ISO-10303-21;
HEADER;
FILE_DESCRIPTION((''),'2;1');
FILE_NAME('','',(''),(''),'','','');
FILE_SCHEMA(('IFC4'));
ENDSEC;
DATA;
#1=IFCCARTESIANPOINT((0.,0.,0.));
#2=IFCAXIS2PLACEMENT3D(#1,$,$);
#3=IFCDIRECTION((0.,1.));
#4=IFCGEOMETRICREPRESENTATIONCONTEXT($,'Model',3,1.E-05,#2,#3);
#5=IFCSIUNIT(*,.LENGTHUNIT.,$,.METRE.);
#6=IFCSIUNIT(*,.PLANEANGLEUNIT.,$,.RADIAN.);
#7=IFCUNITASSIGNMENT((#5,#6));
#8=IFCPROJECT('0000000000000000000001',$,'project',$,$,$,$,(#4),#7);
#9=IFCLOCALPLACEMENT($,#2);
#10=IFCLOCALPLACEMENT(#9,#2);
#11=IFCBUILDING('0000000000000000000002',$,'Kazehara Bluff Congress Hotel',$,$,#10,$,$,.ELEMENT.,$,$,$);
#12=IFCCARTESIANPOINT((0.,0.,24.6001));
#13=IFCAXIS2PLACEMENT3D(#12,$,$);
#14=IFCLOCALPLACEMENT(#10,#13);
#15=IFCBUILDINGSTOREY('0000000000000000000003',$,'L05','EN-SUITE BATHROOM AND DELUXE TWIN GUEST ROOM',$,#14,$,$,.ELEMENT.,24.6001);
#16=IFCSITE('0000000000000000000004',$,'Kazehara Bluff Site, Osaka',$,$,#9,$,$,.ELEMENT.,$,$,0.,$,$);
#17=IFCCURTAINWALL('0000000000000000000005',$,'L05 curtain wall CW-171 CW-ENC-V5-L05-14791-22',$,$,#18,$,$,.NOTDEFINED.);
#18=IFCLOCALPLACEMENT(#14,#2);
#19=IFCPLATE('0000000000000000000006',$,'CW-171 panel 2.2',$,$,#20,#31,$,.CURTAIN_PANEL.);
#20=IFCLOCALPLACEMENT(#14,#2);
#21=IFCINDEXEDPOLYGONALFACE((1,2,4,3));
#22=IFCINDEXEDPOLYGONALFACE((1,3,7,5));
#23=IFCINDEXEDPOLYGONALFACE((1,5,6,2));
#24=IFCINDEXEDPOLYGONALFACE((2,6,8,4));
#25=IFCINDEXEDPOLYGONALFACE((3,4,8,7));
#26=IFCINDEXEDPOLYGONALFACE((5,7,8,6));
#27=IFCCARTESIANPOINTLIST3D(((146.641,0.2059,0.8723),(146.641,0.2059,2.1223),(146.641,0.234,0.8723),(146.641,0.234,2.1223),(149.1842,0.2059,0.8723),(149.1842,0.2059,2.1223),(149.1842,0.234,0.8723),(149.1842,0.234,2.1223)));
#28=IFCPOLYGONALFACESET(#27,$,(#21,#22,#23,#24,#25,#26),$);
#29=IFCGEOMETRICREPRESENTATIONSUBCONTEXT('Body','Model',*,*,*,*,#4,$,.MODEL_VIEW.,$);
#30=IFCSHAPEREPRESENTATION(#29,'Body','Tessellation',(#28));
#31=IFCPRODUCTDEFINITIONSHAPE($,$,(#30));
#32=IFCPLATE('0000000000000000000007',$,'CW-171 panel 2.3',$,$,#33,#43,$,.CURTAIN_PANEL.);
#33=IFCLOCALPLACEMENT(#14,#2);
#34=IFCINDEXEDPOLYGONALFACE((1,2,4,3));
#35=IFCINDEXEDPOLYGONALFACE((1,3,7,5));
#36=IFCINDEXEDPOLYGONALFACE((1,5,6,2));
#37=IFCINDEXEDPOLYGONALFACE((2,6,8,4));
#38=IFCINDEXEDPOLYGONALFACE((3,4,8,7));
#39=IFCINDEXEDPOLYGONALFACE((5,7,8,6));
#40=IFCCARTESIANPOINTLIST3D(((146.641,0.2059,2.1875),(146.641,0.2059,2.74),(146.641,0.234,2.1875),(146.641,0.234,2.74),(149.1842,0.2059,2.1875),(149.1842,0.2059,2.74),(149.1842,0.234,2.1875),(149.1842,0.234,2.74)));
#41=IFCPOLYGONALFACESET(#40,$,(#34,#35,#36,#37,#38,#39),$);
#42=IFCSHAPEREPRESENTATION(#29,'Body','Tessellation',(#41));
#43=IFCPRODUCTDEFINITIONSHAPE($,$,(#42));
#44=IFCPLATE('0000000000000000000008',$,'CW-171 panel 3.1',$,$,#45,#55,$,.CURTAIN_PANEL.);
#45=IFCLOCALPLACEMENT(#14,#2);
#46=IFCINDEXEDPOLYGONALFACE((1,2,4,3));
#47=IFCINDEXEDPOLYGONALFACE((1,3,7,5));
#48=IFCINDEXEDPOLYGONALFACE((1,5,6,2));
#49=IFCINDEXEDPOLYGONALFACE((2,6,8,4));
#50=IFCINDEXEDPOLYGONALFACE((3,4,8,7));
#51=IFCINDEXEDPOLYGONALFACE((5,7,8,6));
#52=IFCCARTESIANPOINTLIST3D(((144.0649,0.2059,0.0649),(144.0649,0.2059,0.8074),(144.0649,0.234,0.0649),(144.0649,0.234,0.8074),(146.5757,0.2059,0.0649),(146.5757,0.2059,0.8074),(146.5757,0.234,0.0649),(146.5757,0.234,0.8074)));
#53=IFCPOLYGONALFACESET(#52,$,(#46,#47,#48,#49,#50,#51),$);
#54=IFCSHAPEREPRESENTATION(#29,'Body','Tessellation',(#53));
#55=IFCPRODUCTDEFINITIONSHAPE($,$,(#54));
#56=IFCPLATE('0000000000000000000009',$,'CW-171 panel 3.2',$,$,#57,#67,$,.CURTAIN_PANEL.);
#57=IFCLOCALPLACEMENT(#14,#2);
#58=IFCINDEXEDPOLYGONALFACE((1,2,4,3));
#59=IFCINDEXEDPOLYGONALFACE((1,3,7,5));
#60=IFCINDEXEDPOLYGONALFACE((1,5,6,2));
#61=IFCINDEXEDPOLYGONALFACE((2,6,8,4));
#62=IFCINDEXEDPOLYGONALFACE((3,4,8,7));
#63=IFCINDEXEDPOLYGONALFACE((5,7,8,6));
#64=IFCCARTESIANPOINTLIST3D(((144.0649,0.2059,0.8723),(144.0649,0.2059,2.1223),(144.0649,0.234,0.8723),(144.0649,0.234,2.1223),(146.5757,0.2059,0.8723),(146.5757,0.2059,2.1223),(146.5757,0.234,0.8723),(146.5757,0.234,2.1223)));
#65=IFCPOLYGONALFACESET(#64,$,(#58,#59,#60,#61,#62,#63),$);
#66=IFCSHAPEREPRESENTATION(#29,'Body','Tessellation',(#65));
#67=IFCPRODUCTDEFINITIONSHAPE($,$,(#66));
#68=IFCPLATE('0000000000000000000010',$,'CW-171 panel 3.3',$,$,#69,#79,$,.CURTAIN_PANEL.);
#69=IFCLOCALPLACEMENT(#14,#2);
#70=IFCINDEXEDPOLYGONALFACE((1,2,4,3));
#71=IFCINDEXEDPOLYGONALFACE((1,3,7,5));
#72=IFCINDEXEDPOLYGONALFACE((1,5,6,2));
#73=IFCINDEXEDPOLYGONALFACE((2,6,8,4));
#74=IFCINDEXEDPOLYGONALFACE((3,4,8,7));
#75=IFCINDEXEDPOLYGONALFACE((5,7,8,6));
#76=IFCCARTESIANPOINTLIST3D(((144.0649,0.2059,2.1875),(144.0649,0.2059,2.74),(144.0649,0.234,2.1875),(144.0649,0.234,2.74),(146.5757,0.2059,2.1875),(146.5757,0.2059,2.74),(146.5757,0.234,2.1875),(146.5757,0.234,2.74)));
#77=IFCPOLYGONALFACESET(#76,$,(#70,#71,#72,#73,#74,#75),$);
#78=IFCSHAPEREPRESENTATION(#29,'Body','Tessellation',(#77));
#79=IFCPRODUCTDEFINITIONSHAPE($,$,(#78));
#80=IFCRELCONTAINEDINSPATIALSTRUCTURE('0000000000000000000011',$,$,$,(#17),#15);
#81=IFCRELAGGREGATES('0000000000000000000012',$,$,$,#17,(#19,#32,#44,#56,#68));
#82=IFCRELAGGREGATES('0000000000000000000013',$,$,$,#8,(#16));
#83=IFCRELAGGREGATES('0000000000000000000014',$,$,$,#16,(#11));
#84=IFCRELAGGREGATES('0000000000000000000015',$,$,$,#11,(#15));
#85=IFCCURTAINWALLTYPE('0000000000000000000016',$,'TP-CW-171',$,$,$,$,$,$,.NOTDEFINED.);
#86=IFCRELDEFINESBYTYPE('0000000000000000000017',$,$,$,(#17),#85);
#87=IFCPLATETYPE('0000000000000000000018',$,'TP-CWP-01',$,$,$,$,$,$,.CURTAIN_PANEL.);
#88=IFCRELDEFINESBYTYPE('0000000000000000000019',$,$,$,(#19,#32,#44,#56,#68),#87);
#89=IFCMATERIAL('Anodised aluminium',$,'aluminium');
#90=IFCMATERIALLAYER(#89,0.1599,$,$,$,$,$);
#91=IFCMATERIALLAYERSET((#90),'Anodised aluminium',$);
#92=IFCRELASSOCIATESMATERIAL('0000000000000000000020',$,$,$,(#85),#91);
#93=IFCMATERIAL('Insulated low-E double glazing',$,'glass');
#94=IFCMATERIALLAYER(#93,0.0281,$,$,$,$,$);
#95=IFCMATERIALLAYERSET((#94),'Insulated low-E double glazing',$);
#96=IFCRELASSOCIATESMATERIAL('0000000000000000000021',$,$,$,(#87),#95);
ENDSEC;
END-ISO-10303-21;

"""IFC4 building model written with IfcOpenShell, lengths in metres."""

from ifc_helpers import new_model, si_unit, direction, frame, origin, origin_2d, place, context, subcontext, project, spatial, rectangle, extrude, material, layer, layer_set, type_object, element, aggregate, save


model = new_model("IFC4")

# Units and contexts
model_context = context("Model", 3, precision=1e-05, world=origin(), true_north=direction((0.0, 1.0)))
body_context = subcontext(model_context, "Body", "Model", "MODEL_VIEW")
ifc_project = project(units=[si_unit("LENGTHUNIT", "METRE"), si_unit("PLANEANGLEUNIT", "RADIAN")], contexts=[model_context])

# Site, building, storey
site_placement = place(None, origin())
site = spatial("IfcSite", under=ifc_project, at=site_placement, Name="Kazehara Bluff Site, Osaka", CompositionType="ELEMENT", RefElevation=0.0)
building_placement = place(site_placement, origin())
building = spatial("IfcBuilding", under=site, at=building_placement, Name="Kazehara Bluff Congress Hotel", CompositionType="ELEMENT")
storey_placement = place(building_placement, frame((0.0, 0.0, 24.6001)))
storey = spatial("IfcBuildingStorey", under=building, at=storey_placement, Name="L05", Description="EN-SUITE BATHROOM AND DELUXE TWIN GUEST ROOM", CompositionType="ELEMENT", Elevation=24.6001)

# Curtain wall, plates
ifc_material_1 = material(Name="Anodised aluminium", Category="aluminium")
ifc_layer_1 = layer(ifc_material_1, 0.1599)
ifc_layer_set_1 = layer_set([ifc_layer_1], Name="Anodised aluminium")
curtain_wall_type = type_object("IfcCurtainWallType", Name="TP-CW-171", PredefinedType="NOTDEFINED", material=ifc_layer_set_1)
curtain_wall_placement = place(storey_placement, origin())
curtain_wall = element("IfcCurtainWall", 1, at=curtain_wall_placement, inside=storey, type_object=curtain_wall_type, Name="L05 curtain wall CW-171 CW-ENC-V5-L05-14791-22", PredefinedType="NOTDEFINED")
ifc_material_2 = material(Name="Insulated low-E double glazing", Category="glass")
ifc_layer_2 = layer(ifc_material_2, 0.0281)
ifc_layer_set_2 = layer_set([ifc_layer_2], Name="Insulated low-E double glazing")
plate_type = type_object("IfcPlateType", Name="TP-CWP-01", PredefinedType="CURTAIN_PANEL", material=ifc_layer_set_2)
plate_1_placement = place(storey_placement, frame((147.9126, 0.22, 0.8723), z_axis=(0.0, 0.0, 1.0), x_axis=(-1.0, 0.0, 0.0)))
plate_1 = element("IfcPlate", 2, at=plate_1_placement, type_object=plate_type, Name="CW-171 panel 2.2", PredefinedType="CURTAIN_PANEL", context=body_context, shape_type="SweptSolid", body=[
    extrude(rectangle(XDim=2.5432, YDim=0.0281, at=origin_2d()), origin(), (0.0, 0.0, 1.0), 1.25),
])
plate_2_placement = place(storey_placement, frame((147.9126, 0.22, 2.1875), z_axis=(0.0, 0.0, 1.0), x_axis=(-1.0, 0.0, 0.0)))
plate_2 = element("IfcPlate", 3, at=plate_2_placement, type_object=plate_type, Name="CW-171 panel 2.3", PredefinedType="CURTAIN_PANEL", context=body_context, shape_type="SweptSolid", body=[
    extrude(rectangle(XDim=2.5432, YDim=0.0281, at=origin_2d()), origin(), (0.0, 0.0, 1.0), 0.5525),
])
plate_3_placement = place(storey_placement, frame((145.3203, 0.22, 0.0649), z_axis=(0.0, 0.0, 1.0), x_axis=(-1.0, 0.0, 0.0)))
plate_3 = element("IfcPlate", 4, at=plate_3_placement, type_object=plate_type, Name="CW-171 panel 3.1", PredefinedType="CURTAIN_PANEL", context=body_context, shape_type="SweptSolid", body=[
    extrude(rectangle(XDim=2.5107, YDim=0.0281, at=origin_2d()), origin(), (0.0, 0.0, 1.0), 0.7424),
])
plate_4_placement = place(storey_placement, frame((145.3203, 0.22, 0.8723), z_axis=(0.0, 0.0, 1.0), x_axis=(-1.0, 0.0, 0.0)))
plate_4 = element("IfcPlate", 5, at=plate_4_placement, type_object=plate_type, Name="CW-171 panel 3.2", PredefinedType="CURTAIN_PANEL", context=body_context, shape_type="SweptSolid", body=[
    extrude(rectangle(XDim=2.5107, YDim=0.0281, at=origin_2d()), origin(), (0.0, 0.0, 1.0), 1.25),
])
plate_5_placement = place(storey_placement, frame((145.3203, 0.22, 2.1875), z_axis=(0.0, 0.0, 1.0), x_axis=(-1.0, 0.0, 0.0)))
plate_5 = element("IfcPlate", 6, at=plate_5_placement, type_object=plate_type, Name="CW-171 panel 3.3", PredefinedType="CURTAIN_PANEL", context=body_context, shape_type="SweptSolid", body=[
    extrude(rectangle(XDim=2.5107, YDim=0.0281, at=origin_2d()), origin(), (0.0, 0.0, 1.0), 0.5525),
])
aggregate(curtain_wall, [plate_1, plate_2, plate_3, plate_4, plate_5])

save(model, "model.ifc")
